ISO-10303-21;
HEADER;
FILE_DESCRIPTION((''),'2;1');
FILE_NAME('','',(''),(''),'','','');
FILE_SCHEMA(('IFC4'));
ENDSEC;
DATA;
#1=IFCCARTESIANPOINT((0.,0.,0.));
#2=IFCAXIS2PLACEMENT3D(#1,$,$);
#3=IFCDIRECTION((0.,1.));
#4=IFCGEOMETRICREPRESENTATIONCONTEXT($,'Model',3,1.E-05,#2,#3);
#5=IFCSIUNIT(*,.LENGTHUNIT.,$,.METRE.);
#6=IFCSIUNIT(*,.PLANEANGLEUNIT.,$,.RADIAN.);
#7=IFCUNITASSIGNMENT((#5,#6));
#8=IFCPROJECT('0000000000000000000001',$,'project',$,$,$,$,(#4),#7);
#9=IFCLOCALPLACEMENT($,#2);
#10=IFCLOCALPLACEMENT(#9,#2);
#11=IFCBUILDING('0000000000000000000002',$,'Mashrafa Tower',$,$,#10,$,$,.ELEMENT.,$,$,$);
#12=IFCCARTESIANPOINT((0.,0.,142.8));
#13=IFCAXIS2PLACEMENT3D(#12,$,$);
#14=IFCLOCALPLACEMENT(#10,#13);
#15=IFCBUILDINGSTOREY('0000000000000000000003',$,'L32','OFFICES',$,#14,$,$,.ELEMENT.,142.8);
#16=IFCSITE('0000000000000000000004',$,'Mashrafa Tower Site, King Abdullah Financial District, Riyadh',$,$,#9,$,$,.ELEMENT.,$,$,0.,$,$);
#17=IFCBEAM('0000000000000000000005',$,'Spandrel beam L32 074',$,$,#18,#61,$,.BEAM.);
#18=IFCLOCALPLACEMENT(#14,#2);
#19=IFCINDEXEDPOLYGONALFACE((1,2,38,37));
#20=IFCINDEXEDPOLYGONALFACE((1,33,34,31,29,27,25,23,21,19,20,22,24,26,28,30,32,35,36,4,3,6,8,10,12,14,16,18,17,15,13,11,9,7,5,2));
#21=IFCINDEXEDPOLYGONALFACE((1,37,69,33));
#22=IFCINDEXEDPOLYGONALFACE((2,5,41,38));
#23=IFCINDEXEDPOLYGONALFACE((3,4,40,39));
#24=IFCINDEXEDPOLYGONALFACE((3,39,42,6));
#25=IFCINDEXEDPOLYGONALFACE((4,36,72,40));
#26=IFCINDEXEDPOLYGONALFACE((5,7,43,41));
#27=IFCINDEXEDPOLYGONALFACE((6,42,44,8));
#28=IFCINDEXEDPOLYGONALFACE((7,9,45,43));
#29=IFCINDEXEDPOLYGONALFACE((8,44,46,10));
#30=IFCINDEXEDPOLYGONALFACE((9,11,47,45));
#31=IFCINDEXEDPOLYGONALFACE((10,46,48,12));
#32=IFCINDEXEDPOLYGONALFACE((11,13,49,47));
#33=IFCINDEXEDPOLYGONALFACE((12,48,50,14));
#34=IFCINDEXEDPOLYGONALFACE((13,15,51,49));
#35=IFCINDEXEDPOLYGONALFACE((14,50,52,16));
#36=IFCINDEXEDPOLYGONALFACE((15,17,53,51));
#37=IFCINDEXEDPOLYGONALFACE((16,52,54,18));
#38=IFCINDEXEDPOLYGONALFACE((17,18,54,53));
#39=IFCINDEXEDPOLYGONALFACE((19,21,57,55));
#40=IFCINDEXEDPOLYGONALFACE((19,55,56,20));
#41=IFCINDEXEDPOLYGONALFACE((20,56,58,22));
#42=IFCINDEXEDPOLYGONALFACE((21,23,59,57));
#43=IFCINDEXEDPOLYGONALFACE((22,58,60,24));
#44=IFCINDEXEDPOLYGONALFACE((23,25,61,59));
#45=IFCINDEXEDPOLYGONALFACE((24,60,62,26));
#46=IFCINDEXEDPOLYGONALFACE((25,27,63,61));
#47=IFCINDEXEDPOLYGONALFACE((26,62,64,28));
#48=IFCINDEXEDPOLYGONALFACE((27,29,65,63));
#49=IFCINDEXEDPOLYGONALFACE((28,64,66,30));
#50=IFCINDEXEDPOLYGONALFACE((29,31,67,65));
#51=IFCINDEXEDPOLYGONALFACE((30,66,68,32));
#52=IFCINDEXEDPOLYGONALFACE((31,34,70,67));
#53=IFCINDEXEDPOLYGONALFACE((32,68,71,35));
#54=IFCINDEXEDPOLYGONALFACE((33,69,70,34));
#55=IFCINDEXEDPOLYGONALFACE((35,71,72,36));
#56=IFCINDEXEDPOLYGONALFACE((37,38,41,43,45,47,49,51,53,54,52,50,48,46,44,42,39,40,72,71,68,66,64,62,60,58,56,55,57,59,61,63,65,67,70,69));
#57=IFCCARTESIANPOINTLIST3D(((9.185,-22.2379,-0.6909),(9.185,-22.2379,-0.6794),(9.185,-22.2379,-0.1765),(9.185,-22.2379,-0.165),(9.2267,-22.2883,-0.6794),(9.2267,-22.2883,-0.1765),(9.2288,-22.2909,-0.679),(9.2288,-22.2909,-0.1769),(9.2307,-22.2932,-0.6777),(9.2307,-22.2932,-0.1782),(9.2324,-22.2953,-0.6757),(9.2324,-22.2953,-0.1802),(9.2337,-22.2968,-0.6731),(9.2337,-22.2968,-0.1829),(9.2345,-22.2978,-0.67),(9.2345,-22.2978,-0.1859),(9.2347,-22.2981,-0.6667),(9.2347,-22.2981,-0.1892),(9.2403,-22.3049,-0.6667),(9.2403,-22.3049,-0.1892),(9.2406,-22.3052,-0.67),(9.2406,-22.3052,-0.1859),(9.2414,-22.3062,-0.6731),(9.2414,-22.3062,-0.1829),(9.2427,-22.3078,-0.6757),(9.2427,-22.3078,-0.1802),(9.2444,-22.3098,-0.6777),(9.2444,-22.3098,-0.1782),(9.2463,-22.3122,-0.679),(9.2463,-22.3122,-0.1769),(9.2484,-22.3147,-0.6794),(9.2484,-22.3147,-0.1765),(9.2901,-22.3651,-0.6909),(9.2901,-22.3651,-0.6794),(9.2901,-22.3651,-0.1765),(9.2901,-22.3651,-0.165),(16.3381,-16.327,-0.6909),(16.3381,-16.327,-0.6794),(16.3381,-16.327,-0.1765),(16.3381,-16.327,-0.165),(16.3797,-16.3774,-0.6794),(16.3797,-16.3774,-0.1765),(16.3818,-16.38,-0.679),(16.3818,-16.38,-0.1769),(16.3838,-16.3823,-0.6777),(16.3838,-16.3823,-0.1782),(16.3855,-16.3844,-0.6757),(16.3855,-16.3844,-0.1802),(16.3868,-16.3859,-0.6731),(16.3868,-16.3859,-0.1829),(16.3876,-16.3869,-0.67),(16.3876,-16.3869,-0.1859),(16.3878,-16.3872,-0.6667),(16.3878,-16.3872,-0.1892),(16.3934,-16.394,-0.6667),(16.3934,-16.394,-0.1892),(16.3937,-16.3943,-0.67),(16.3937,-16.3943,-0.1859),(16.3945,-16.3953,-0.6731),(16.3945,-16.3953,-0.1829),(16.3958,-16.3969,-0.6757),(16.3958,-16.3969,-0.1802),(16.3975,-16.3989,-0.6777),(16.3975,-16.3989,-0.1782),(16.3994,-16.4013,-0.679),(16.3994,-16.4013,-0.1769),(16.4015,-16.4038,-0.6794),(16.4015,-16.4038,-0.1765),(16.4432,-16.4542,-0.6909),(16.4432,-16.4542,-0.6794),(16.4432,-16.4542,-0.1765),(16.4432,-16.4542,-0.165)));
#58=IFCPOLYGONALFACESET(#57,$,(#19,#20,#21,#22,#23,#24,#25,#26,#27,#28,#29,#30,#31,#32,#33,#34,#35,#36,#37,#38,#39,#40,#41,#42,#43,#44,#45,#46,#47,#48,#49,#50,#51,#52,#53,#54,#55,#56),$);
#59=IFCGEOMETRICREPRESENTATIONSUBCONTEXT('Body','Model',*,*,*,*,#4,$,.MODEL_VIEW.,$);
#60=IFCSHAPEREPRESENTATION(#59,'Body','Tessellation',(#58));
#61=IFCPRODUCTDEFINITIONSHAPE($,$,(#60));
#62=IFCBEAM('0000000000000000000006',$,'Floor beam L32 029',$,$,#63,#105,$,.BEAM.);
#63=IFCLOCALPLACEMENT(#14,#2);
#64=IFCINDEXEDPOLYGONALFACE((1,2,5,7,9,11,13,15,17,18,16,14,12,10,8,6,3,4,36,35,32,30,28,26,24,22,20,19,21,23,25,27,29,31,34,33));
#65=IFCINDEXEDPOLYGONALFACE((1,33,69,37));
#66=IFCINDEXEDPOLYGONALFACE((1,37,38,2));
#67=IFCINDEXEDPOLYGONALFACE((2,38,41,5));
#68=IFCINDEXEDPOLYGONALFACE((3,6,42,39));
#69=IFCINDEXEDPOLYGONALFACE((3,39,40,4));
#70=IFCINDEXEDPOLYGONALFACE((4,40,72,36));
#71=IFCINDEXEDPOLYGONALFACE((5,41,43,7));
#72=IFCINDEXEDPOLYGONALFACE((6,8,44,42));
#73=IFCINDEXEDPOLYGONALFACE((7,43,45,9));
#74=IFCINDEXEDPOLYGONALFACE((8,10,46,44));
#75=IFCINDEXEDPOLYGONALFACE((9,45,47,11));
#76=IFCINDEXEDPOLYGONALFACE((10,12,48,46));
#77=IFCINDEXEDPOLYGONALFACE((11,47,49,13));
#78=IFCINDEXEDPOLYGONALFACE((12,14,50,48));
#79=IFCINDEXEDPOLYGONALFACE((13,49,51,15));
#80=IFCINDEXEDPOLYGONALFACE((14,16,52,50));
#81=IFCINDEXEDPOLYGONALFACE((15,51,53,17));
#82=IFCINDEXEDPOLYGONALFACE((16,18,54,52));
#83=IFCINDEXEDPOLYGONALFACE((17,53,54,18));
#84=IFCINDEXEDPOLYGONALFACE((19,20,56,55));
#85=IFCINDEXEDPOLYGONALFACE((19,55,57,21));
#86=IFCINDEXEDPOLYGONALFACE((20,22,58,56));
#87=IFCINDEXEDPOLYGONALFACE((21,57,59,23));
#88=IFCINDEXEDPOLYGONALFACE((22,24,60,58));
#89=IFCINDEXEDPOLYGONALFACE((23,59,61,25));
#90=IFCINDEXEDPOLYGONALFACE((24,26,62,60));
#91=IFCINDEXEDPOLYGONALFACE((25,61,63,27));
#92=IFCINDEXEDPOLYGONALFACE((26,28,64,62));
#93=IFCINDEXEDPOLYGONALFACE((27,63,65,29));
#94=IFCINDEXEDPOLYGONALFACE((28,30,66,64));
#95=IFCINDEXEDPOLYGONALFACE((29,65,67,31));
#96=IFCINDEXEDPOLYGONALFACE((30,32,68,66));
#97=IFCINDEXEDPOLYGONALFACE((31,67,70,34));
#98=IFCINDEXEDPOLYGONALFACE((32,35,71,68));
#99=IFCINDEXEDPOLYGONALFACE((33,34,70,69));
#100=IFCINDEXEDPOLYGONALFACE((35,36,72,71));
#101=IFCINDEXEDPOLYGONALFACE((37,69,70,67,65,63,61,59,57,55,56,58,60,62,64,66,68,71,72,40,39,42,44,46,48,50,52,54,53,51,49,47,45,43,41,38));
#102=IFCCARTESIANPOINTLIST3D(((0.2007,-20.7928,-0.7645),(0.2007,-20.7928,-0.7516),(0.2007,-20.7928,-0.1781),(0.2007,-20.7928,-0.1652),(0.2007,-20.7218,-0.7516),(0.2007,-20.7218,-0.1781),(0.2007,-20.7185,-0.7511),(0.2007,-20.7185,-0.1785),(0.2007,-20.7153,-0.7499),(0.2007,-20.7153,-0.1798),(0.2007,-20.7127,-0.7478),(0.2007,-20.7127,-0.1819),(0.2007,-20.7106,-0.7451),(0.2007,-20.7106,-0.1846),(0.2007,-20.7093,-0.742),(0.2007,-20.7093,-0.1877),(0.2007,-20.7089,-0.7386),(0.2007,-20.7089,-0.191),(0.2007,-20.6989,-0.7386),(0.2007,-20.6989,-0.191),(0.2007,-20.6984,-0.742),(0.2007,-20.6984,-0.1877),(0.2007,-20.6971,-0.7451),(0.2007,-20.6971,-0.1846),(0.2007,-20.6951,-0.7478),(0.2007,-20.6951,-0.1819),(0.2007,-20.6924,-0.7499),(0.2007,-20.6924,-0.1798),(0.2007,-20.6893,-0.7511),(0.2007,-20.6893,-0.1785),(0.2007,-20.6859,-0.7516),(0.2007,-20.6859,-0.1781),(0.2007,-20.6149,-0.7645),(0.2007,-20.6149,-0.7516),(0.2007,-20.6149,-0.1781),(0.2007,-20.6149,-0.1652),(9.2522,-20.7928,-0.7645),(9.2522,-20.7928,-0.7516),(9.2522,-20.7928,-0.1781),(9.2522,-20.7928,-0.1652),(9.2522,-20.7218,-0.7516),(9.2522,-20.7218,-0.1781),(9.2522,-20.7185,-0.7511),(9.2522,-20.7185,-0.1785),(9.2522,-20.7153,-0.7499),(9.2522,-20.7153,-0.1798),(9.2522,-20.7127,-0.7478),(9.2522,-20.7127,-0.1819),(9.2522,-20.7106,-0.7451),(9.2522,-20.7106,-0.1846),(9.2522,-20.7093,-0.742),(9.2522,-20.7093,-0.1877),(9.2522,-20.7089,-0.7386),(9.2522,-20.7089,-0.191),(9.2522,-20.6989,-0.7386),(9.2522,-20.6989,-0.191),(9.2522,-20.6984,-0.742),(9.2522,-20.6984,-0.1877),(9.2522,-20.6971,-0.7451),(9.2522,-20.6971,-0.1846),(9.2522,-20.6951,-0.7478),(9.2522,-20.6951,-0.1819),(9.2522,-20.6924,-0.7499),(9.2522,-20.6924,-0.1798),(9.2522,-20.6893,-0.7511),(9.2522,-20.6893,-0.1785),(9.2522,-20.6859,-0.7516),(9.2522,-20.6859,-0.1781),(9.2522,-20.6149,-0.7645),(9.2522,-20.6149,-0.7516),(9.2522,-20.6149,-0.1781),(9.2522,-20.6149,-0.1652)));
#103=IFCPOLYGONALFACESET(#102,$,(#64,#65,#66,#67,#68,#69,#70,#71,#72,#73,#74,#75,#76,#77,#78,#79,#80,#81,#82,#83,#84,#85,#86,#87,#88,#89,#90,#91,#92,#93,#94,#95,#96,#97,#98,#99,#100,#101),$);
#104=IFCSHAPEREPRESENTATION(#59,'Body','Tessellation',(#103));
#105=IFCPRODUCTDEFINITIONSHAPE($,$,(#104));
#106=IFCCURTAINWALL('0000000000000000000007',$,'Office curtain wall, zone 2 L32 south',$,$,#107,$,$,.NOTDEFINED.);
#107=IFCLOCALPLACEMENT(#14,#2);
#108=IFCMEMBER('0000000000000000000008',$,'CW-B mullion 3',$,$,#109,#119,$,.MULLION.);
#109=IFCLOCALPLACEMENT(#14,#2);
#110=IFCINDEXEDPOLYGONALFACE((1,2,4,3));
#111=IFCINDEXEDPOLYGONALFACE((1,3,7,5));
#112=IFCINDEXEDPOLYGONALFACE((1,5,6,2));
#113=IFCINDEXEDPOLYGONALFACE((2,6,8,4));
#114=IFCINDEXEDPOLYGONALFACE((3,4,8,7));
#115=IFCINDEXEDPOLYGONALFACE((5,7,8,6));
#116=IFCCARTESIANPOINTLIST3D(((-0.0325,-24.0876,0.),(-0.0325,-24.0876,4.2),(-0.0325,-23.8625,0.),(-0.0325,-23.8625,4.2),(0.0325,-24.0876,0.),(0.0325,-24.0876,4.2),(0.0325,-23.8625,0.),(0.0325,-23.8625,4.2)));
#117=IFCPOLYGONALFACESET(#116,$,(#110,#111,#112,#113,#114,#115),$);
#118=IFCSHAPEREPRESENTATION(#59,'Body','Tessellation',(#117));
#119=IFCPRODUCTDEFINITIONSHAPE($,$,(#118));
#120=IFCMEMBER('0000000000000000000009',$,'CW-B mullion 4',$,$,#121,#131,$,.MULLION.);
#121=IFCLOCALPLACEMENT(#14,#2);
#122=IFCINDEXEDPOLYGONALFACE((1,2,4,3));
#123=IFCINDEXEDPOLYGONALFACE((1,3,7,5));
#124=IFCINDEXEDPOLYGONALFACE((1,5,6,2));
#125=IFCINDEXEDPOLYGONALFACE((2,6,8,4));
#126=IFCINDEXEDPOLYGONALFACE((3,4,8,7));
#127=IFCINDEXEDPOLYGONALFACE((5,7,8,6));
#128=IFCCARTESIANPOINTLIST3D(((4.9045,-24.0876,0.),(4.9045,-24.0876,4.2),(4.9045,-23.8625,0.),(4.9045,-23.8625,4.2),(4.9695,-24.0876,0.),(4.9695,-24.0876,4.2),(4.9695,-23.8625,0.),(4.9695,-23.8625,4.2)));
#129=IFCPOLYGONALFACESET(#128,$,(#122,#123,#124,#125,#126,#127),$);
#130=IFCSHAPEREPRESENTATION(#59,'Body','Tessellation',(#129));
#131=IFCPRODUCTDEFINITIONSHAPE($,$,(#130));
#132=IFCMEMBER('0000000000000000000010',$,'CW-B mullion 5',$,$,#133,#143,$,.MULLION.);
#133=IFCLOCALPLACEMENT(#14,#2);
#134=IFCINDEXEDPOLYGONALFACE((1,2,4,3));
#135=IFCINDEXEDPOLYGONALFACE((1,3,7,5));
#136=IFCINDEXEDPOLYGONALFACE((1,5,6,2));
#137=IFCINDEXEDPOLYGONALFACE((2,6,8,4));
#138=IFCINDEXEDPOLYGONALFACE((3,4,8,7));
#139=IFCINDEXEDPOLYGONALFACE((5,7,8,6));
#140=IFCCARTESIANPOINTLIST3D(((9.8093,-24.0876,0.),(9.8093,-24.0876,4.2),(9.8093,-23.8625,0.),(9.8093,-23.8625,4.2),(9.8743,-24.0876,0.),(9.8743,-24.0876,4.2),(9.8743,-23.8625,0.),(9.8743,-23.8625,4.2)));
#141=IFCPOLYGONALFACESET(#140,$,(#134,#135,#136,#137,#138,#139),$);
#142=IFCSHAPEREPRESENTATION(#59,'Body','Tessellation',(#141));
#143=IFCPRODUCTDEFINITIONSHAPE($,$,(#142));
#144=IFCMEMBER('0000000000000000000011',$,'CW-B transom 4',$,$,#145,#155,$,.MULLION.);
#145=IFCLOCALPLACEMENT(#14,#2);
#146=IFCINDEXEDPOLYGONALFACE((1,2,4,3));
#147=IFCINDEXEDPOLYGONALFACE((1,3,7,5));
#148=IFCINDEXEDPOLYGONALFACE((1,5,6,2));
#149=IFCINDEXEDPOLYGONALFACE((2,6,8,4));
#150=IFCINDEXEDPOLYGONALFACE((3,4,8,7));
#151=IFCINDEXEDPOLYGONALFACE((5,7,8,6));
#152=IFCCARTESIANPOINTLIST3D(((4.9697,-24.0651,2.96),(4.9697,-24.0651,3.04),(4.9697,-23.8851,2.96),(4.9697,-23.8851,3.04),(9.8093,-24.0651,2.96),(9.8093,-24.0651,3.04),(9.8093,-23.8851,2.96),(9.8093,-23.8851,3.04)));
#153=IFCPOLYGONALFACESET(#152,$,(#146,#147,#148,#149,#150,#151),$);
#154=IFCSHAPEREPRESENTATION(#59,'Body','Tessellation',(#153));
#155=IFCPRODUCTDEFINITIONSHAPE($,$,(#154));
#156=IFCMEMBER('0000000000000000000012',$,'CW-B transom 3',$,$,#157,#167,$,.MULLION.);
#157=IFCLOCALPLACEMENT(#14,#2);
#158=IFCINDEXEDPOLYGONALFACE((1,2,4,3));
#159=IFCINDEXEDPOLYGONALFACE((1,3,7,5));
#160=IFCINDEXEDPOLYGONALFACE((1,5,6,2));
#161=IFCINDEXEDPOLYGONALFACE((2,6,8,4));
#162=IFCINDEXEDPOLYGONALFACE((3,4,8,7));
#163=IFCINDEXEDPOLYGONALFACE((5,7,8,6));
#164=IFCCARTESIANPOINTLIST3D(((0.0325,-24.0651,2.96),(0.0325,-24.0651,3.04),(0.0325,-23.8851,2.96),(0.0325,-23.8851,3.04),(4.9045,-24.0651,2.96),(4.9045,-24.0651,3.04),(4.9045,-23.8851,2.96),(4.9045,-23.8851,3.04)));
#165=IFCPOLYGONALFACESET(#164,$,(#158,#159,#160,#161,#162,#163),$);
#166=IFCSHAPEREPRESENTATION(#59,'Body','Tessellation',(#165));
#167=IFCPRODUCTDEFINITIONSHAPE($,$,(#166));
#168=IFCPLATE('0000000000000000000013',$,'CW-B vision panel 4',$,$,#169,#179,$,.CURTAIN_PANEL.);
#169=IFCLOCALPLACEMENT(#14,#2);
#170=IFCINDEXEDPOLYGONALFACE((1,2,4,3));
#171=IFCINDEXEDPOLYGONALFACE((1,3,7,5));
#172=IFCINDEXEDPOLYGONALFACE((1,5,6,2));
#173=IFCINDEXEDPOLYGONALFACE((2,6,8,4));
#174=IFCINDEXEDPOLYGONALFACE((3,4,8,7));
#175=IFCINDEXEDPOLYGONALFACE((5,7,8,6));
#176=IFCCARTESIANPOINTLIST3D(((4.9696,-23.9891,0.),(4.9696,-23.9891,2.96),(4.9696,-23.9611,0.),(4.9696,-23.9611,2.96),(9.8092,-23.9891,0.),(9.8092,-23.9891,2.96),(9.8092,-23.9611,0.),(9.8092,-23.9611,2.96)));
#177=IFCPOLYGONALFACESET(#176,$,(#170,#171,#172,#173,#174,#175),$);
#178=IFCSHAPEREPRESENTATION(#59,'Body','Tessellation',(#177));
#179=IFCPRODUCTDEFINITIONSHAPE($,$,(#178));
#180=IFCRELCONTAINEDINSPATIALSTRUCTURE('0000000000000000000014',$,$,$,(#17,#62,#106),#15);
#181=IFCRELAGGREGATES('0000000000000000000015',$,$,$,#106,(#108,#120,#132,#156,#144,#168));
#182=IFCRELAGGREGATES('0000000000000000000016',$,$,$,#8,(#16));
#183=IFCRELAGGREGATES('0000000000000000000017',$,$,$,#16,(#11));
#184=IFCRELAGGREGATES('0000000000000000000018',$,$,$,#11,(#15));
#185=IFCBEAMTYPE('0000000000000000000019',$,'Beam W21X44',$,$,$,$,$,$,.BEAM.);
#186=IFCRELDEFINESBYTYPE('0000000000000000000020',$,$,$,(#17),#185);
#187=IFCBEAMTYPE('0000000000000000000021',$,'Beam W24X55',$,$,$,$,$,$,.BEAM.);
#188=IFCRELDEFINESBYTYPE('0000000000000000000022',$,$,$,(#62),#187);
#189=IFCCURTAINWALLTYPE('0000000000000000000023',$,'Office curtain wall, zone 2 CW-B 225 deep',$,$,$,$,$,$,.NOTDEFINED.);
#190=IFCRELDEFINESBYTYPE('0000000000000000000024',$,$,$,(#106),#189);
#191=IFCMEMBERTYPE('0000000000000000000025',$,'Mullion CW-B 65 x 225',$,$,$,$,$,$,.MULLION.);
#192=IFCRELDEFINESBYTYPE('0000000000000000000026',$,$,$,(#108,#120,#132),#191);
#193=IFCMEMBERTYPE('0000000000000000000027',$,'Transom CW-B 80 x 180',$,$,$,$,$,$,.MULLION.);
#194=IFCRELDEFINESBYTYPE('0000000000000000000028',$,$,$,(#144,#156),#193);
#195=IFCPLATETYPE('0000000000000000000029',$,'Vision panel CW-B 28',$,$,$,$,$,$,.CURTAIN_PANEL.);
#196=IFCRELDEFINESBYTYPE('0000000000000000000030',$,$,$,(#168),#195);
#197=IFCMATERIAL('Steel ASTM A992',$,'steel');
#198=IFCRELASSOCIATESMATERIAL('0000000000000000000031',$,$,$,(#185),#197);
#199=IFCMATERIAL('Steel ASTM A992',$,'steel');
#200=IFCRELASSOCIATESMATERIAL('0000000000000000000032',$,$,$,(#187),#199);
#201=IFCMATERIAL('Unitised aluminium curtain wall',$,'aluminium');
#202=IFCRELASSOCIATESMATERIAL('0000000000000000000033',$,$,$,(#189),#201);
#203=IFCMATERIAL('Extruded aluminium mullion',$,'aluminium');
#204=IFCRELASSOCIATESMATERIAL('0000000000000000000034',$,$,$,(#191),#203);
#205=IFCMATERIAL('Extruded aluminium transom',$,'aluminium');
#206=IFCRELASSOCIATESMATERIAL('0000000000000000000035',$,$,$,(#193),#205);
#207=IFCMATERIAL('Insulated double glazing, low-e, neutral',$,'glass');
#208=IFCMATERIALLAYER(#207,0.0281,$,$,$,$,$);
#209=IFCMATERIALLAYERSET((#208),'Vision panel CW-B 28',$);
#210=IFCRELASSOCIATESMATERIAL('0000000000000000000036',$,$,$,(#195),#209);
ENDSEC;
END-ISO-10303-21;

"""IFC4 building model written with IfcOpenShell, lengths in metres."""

from ifc_helpers import new_model, si_unit, direction, frame, origin, origin_2d, place, context, subcontext, project, spatial, rectangle, i_section, extrude, source, transform, mapped, material, layer, layer_set, material_profile, profile_set, type_object, type_shapes, element, aggregate, save


model = new_model("IFC4")

# Units and contexts
model_context = context("Model", 3, precision=1e-05, world=origin(), true_north=direction((0.0, 1.0)))
body_context = subcontext(model_context, "Body", "Model", "MODEL_VIEW")
ifc_project = project(units=[si_unit("LENGTHUNIT", "METRE"), si_unit("PLANEANGLEUNIT", "RADIAN")], contexts=[model_context])

# Site, building, storey
site_placement = place(None, origin())
site = spatial("IfcSite", under=ifc_project, at=site_placement, Name="Mashrafa Tower Site, King Abdullah Financial District, Riyadh", CompositionType="ELEMENT", RefElevation=0.0)
building_placement = place(site_placement, origin())
building = spatial("IfcBuilding", under=site, at=building_placement, Name="Mashrafa Tower", CompositionType="ELEMENT")
storey_placement = place(building_placement, frame((0.0, 0.0, 142.8)))
storey = spatial("IfcBuildingStorey", under=building, at=storey_placement, Name="L32", Description="OFFICES", CompositionType="ELEMENT", Elevation=142.8)

# Beams
ifc_material_1 = material(Name="Steel ASTM A992", Category="steel")
ifc_material_profile_1 = material_profile(ifc_material_1, i_section(OverallWidth=0.165, OverallDepth=0.5259, WebThickness=0.0088, FlangeThickness=0.0115, FilletRadius=0.0127, at=origin_2d()), Name="W21X44")
ifc_profile_set_1 = profile_set([ifc_material_profile_1], Name="Steel ASTM A992")
beam_type_1 = type_object("IfcBeamType", Name="Beam W21X44", PredefinedType="BEAM", material=ifc_profile_set_1)
for number, where, z_axis, x_axis, name in (
    (1, (9.2375, -22.3015, -0.428), (0.770865, 0.636998, 0.0), (-0.636998, 0.770865, 0.0), "Spandrel beam L32 074"),
):
    element("IfcBeam", number, at=place(storey_placement, frame(where, z_axis=z_axis, x_axis=x_axis)), inside=storey, type_object=beam_type_1, Name=name, PredefinedType="BEAM", context=body_context, shape_type="SweptSolid", body=[
        extrude(i_section(OverallWidth=0.165, OverallDepth=0.5259, WebThickness=0.0088, FlangeThickness=0.0115, FilletRadius=0.0127, at=origin_2d()), origin(), (0.0, 0.0, 1.0), 9.2793),
    ])
ifc_material_2 = material(Name="Steel ASTM A992", Category="steel")
ifc_material_profile_2 = material_profile(ifc_material_2, i_section(OverallWidth=0.178, OverallDepth=0.5994, WebThickness=0.01, FlangeThickness=0.0129, FilletRadius=0.0129, at=origin_2d()), Name="W24X55")
ifc_profile_set_2 = profile_set([ifc_material_profile_2], Name="Steel ASTM A992")
beam_type_2 = type_object("IfcBeamType", Name="Beam W24X55", PredefinedType="BEAM", material=ifc_profile_set_2)
beam_1_placement = place(storey_placement, frame((9.2522, -20.7039, -0.4648), z_axis=(-1.0, 0.0, 0.0), x_axis=(0.0, -1.0, 0.0)))
element("IfcBeam", 2, at=beam_1_placement, inside=storey, type_object=beam_type_2, Name="Floor beam L32 029", PredefinedType="BEAM", context=body_context, shape_type="SweptSolid", body=[
    extrude(i_section(OverallWidth=0.178, OverallDepth=0.5994, WebThickness=0.01, FlangeThickness=0.0129, FilletRadius=0.0129, at=origin_2d()), origin(), (0.0, 0.0, 1.0), 9.0515),
])

# Curtain wall, members, plate
ifc_material_3 = material(Name="Unitised aluminium curtain wall", Category="aluminium")
curtain_wall_type = type_object("IfcCurtainWallType", Name="Office curtain wall, zone 2 CW-B 225 deep", PredefinedType="NOTDEFINED", material=ifc_material_3)
curtain_wall_placement = place(storey_placement, origin())
curtain_wall = element("IfcCurtainWall", 3, at=curtain_wall_placement, inside=storey, type_object=curtain_wall_type, Name="Office curtain wall, zone 2 L32 south", PredefinedType="NOTDEFINED")
ifc_material_4 = material(Name="Extruded aluminium mullion", Category="aluminium")
ifc_material_profile_3 = material_profile(ifc_material_4, rectangle(XDim=0.2251, YDim=0.0649, at=origin_2d()), Name="Mullion 65x225")
ifc_profile_set_3 = profile_set([ifc_material_profile_3], Name="Extruded aluminium mullion")
member_type_1 = type_object("IfcMemberType", Name="Mullion CW-B 65 x 225", PredefinedType="MULLION", material=ifc_profile_set_3)
shared_shape_1 = source(origin(), body_context, "Body", "SweptSolid", [
    extrude(rectangle(XDim=0.2251, YDim=0.0649, at=origin_2d()), origin(), (0.0, 0.0, 1.0), 4.2),
])
type_shapes(member_type_1, [shared_shape_1])
member_1_placement = place(storey_placement, frame((0.0, -23.9751, 0.0), z_axis=(0.0, 0.0, 1.0), x_axis=(0.0, 1.0, 0.0)))
member_1 = element("IfcMember", 4, at=member_1_placement, type_object=member_type_1, Name="CW-B mullion 3", PredefinedType="MULLION", context=body_context, shape_type="MappedRepresentation", body=[
    mapped(shared_shape_1, transform((0.0, 0.0, 0.0))),
])
member_2_placement = place(storey_placement, frame((4.937, -23.9751, 0.0), z_axis=(0.0, 0.0, 1.0), x_axis=(0.0, 1.0, 0.0)))
member_2 = element("IfcMember", 5, at=member_2_placement, type_object=member_type_1, Name="CW-B mullion 4", PredefinedType="MULLION", context=body_context, shape_type="MappedRepresentation", body=[
    mapped(shared_shape_1, transform((0.0, 0.0, 0.0))),
])
member_3_placement = place(storey_placement, frame((9.8418, -23.9751, 0.0), z_axis=(0.0, 0.0, 1.0), x_axis=(0.0, 1.0, 0.0)))
member_3 = element("IfcMember", 6, at=member_3_placement, type_object=member_type_1, Name="CW-B mullion 5", PredefinedType="MULLION", context=body_context, shape_type="MappedRepresentation", body=[
    mapped(shared_shape_1, transform((0.0, 0.0, 0.0))),
])
ifc_material_5 = material(Name="Extruded aluminium transom", Category="aluminium")
ifc_material_profile_4 = material_profile(ifc_material_5, rectangle(XDim=0.1799, YDim=0.0801, at=origin_2d()), Name="Transom 80x180")
ifc_profile_set_4 = profile_set([ifc_material_profile_4], Name="Extruded aluminium transom")
member_type_2 = type_object("IfcMemberType", Name="Transom CW-B 80 x 180", PredefinedType="MULLION", material=ifc_profile_set_4)
shared_shape_2 = source(origin(), body_context, "Body", "SweptSolid", [
    extrude(rectangle(XDim=0.1799, YDim=0.0801, at=origin_2d()), origin(), (0.0, 0.0, 1.0), 4.8396),
])
member_4_placement = place(storey_placement, frame((4.9697, -23.9751, 3.0), z_axis=(1.0, 0.0, 0.0), x_axis=(0.0, 1.0, 0.0)))
member_4 = element("IfcMember", 7, at=member_4_placement, type_object=member_type_2, Name="CW-B transom 4", PredefinedType="MULLION", context=body_context, shape_type="MappedRepresentation", body=[
    mapped(shared_shape_2, transform((0.0, 0.0, 0.0))),
])
shared_shape_3 = source(origin(), body_context, "Body", "SweptSolid", [
    extrude(rectangle(XDim=0.1799, YDim=0.0801, at=origin_2d()), origin(), (0.0, 0.0, 1.0), 4.8721),
])
type_shapes(member_type_2, [shared_shape_2, shared_shape_3])
member_5_placement = place(storey_placement, frame((0.0325, -23.9751, 3.0), z_axis=(1.0, 0.0, 0.0), x_axis=(0.0, 1.0, 0.0)))
member_5 = element("IfcMember", 8, at=member_5_placement, type_object=member_type_2, Name="CW-B transom 3", PredefinedType="MULLION", context=body_context, shape_type="MappedRepresentation", body=[
    mapped(shared_shape_3, transform((0.0, 0.0, 0.0))),
])
ifc_material_6 = material(Name="Insulated double glazing, low-e, neutral", Category="glass")
ifc_layer_1 = layer(ifc_material_6, 0.0281)
ifc_layer_set_1 = layer_set([ifc_layer_1], Name="Vision panel CW-B 28")
plate_type_1 = type_object("IfcPlateType", Name="Vision panel CW-B 28", PredefinedType="CURTAIN_PANEL", material=ifc_layer_set_1)
shared_shape_4 = source(origin(), body_context, "Body", "SweptSolid", [
    extrude(rectangle(XDim=4.8396, YDim=0.0281, at=origin_2d()), origin(), (0.0, 0.0, 1.0), 2.96),
])
plate_1_placement = place(storey_placement, frame((7.3894, -23.9751, 0.0), z_axis=(0.0, 0.0, 1.0), x_axis=(1.0, 0.0, 0.0)))
plate_1 = element("IfcPlate", 9, at=plate_1_placement, type_object=plate_type_1, Name="CW-B vision panel 4", PredefinedType="CURTAIN_PANEL", context=body_context, shape_type="MappedRepresentation", body=[
    mapped(shared_shape_4, transform((0.0, 0.0, 0.0))),
])
aggregate(curtain_wall, [member_1, member_2, member_3, member_5, member_4, plate_1])

save(model, "model.ifc")
